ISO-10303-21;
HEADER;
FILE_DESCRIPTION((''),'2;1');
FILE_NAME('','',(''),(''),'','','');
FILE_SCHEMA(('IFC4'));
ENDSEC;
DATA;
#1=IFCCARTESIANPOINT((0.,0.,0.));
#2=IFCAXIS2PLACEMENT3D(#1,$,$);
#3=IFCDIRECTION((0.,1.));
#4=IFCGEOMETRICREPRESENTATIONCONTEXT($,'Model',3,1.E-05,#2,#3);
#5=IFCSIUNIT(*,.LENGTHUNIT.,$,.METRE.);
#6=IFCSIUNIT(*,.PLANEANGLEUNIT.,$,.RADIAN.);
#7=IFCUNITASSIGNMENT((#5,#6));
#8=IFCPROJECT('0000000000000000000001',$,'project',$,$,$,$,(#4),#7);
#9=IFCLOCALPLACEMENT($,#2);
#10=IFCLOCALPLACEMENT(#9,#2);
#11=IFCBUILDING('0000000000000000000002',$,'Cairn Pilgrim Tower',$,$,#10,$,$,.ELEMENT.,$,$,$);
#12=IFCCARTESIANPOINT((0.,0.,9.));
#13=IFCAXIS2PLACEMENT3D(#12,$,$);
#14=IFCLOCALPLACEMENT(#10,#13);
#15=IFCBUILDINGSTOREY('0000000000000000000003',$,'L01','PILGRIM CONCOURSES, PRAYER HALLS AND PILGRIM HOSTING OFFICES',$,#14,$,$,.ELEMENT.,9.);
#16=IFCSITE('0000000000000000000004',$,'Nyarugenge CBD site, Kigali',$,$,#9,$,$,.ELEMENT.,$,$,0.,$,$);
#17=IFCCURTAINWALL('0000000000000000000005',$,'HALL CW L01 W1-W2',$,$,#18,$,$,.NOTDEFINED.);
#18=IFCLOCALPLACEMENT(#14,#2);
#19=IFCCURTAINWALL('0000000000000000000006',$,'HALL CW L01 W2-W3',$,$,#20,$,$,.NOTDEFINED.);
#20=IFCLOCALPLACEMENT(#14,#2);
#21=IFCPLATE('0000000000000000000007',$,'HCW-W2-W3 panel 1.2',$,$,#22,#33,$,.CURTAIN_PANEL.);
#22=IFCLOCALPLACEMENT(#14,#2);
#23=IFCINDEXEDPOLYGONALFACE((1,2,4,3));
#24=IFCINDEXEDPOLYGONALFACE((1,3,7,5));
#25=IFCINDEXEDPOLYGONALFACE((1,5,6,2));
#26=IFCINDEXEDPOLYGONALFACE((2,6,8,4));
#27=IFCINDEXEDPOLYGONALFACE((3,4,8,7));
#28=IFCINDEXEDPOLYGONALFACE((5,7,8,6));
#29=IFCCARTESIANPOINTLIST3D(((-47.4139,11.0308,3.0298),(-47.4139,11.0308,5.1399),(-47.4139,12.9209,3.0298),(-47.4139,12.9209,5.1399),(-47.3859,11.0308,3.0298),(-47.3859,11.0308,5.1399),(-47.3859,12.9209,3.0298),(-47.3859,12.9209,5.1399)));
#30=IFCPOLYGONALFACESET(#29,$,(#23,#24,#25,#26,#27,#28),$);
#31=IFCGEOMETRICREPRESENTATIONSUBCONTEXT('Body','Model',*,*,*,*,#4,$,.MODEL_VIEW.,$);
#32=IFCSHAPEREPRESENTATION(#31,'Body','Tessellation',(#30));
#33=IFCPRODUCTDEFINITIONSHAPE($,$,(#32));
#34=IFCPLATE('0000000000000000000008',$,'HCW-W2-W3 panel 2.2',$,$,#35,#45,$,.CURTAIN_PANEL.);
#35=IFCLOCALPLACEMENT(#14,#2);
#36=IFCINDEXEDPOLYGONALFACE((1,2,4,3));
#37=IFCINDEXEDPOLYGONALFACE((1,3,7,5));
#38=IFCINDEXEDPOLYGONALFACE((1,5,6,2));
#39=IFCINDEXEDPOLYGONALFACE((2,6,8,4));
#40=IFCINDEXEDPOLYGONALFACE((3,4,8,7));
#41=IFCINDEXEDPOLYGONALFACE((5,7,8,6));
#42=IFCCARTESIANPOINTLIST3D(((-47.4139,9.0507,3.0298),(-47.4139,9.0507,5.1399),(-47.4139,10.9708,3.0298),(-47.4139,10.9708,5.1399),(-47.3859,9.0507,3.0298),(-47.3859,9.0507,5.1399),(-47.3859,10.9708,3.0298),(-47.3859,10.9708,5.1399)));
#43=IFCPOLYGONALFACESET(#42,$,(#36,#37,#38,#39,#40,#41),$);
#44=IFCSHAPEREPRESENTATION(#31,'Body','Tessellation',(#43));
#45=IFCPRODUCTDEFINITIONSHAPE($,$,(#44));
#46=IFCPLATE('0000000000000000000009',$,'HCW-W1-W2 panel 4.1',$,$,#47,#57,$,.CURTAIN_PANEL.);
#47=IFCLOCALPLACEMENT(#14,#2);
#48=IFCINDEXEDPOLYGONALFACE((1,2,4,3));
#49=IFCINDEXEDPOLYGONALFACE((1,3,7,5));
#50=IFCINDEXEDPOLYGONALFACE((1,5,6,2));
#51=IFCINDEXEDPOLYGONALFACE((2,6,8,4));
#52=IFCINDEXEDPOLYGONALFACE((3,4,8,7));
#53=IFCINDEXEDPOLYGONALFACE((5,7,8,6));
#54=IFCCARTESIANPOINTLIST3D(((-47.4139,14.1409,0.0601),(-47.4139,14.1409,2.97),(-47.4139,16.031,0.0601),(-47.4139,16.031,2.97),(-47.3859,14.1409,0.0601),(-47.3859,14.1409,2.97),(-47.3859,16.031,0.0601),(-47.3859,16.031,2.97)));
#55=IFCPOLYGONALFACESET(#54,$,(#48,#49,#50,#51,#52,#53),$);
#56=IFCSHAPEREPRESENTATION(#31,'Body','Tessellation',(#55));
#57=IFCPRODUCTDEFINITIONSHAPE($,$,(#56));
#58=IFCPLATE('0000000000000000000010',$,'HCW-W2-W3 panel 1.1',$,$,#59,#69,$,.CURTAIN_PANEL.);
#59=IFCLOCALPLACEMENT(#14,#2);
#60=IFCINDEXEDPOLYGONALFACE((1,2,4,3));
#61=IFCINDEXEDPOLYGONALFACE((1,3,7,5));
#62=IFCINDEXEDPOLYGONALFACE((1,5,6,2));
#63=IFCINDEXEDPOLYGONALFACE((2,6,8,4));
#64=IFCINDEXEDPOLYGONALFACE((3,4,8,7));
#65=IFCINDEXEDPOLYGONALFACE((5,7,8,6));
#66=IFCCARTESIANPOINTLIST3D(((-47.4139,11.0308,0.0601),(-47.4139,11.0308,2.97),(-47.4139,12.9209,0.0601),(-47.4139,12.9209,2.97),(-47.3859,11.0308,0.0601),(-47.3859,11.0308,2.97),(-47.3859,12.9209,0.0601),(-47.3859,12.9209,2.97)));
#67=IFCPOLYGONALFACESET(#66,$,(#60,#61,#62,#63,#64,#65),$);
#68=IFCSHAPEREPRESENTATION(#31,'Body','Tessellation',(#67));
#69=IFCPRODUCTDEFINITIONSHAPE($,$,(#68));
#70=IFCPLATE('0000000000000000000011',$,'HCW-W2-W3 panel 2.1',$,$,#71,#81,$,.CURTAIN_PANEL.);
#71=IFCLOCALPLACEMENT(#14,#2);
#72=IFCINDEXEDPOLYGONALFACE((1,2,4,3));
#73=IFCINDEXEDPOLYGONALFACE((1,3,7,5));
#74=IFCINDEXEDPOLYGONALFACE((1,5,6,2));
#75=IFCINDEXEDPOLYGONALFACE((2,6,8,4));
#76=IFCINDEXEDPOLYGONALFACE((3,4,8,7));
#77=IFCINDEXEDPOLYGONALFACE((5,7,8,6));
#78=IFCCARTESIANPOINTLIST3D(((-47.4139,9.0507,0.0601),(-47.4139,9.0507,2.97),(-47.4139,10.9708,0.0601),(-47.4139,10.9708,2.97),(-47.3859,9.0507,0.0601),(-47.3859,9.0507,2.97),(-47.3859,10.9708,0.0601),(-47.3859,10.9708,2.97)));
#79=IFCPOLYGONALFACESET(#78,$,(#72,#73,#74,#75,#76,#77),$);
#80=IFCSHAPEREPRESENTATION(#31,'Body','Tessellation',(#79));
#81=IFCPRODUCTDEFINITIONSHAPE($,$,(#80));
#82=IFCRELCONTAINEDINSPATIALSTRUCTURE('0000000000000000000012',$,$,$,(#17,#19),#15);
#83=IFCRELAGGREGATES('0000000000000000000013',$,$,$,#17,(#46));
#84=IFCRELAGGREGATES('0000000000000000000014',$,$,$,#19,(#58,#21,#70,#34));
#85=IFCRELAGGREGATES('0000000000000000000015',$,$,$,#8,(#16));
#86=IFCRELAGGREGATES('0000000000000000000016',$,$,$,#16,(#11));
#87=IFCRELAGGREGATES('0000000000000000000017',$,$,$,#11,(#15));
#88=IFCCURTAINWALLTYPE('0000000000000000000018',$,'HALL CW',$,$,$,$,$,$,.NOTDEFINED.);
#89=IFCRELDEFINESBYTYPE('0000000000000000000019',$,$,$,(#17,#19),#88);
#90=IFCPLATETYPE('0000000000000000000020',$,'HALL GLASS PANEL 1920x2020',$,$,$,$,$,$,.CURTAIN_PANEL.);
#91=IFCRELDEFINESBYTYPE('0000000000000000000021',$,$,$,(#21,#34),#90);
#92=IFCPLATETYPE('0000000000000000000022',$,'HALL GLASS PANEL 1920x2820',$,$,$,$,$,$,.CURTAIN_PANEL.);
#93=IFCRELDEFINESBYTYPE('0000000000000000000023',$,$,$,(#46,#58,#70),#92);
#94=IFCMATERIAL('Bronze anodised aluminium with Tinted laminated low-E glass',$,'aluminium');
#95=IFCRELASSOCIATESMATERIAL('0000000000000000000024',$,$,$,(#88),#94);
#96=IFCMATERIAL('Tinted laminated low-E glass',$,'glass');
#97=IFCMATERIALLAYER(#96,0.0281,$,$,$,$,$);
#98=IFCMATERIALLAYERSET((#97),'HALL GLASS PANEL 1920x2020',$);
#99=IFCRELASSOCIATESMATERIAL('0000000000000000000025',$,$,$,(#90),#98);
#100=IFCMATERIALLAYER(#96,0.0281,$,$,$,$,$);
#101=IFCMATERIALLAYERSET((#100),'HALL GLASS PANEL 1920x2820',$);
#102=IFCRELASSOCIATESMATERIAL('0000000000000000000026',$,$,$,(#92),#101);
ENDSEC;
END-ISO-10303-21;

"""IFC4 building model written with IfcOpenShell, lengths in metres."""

from ifc_helpers import new_model, si_unit, direction, frame, origin, origin_2d, place, context, subcontext, project, spatial, rectangle, extrude, material, layer, layer_set, type_object, element, aggregate, save


model = new_model("IFC4")

# Units and contexts
model_context = context("Model", 3, precision=1e-05, world=origin(), true_north=direction((0.0, 1.0)))
body_context = subcontext(model_context, "Body", "Model", "MODEL_VIEW")
ifc_project = project(units=[si_unit("LENGTHUNIT", "METRE"), si_unit("PLANEANGLEUNIT", "RADIAN")], contexts=[model_context])

# Site, building, storey
site_placement = place(None, origin())
site = spatial("IfcSite", under=ifc_project, at=site_placement, Name="Nyarugenge CBD site, Kigali", CompositionType="ELEMENT", RefElevation=0.0)
building_placement = place(site_placement, origin())
building = spatial("IfcBuilding", under=site, at=building_placement, Name="Cairn Pilgrim Tower", CompositionType="ELEMENT")
storey_placement = place(building_placement, frame((0.0, 0.0, 9.0)))
storey = spatial("IfcBuildingStorey", under=building, at=storey_placement, Name="L01", Description="PILGRIM CONCOURSES, PRAYER HALLS AND PILGRIM HOSTING OFFICES", CompositionType="ELEMENT", Elevation=9.0)

# Curtain wall
ifc_material_1 = material(Name="Bronze anodised aluminium with Tinted laminated low-E glass", Category="aluminium")
curtain_wall_type = type_object("IfcCurtainWallType", Name="HALL CW", PredefinedType="NOTDEFINED", material=ifc_material_1)
curtain_wall_1_placement = place(storey_placement, origin())
curtain_wall_1 = element("IfcCurtainWall", 1, at=curtain_wall_1_placement, inside=storey, type_object=curtain_wall_type, Name="HALL CW L01 W1-W2", PredefinedType="NOTDEFINED")

# Curtain wall
curtain_wall_2_placement = place(storey_placement, origin())
curtain_wall_2 = element("IfcCurtainWall", 2, at=curtain_wall_2_placement, inside=storey, type_object=curtain_wall_type, Name="HALL CW L01 W2-W3", PredefinedType="NOTDEFINED")

# Plates
ifc_material_2 = material(Name="Tinted laminated low-E glass", Category="glass")
ifc_layer_1 = layer(ifc_material_2, 0.0281)
ifc_layer_set_1 = layer_set([ifc_layer_1], Name="HALL GLASS PANEL 1920x2020")
plate_type_1 = type_object("IfcPlateType", Name="HALL GLASS PANEL 1920x2020", PredefinedType="CURTAIN_PANEL", material=ifc_layer_set_1)
plate_1_placement = place(storey_placement, frame((-47.3999, 11.9758, 3.0298), z_axis=(0.0, 0.0, 1.0), x_axis=(0.0, -1.0, 0.0)))
plate_1 = element("IfcPlate", 3, at=plate_1_placement, type_object=plate_type_1, Name="HCW-W2-W3 panel 1.2", PredefinedType="CURTAIN_PANEL", context=body_context, shape_type="SweptSolid", body=[
    extrude(rectangle(XDim=1.8901, YDim=0.0281, at=origin_2d()), origin(), (0.0, 0.0, 1.0), 2.1101),
])
plate_2_placement = place(storey_placement, frame((-47.3999, 10.0107, 3.0298), z_axis=(0.0, 0.0, 1.0), x_axis=(0.0, -1.0, 0.0)))
plate_2 = element("IfcPlate", 4, at=plate_2_placement, type_object=plate_type_1, Name="HCW-W2-W3 panel 2.2", PredefinedType="CURTAIN_PANEL", context=body_context, shape_type="SweptSolid", body=[
    extrude(rectangle(XDim=1.9202, YDim=0.0281, at=origin_2d()), origin(), (0.0, 0.0, 1.0), 2.1101),
])
ifc_layer_2 = layer(ifc_material_2, 0.0281)
ifc_layer_set_2 = layer_set([ifc_layer_2], Name="HALL GLASS PANEL 1920x2820")
plate_type_2 = type_object("IfcPlateType", Name="HALL GLASS PANEL 1920x2820", PredefinedType="CURTAIN_PANEL", material=ifc_layer_set_2)
plate_3_placement = place(storey_placement, frame((-47.3999, 15.0859, 0.0601), z_axis=(0.0, 0.0, 1.0), x_axis=(0.0, -1.0, 0.0)))
plate_3 = element("IfcPlate", 5, at=plate_3_placement, type_object=plate_type_2, Name="HCW-W1-W2 panel 4.1", PredefinedType="CURTAIN_PANEL", context=body_context, shape_type="SweptSolid", body=[
    extrude(rectangle(XDim=1.8901, YDim=0.0281, at=origin_2d()), origin(), (0.0, 0.0, 1.0), 2.9099),
])
aggregate(curtain_wall_1, [plate_3])
plate_4_placement = place(storey_placement, frame((-47.3999, 11.9758, 0.0601), z_axis=(0.0, 0.0, 1.0), x_axis=(0.0, -1.0, 0.0)))
plate_4 = element("IfcPlate", 6, at=plate_4_placement, type_object=plate_type_2, Name="HCW-W2-W3 panel 1.1", PredefinedType="CURTAIN_PANEL", context=body_context, shape_type="SweptSolid", body=[
    extrude(rectangle(XDim=1.8901, YDim=0.0281, at=origin_2d()), origin(), (0.0, 0.0, 1.0), 2.9099),
])
plate_5_placement = place(storey_placement, frame((-47.3999, 10.0107, 0.0601), z_axis=(0.0, 0.0, 1.0), x_axis=(0.0, -1.0, 0.0)))
plate_5 = element("IfcPlate", 7, at=plate_5_placement, type_object=plate_type_2, Name="HCW-W2-W3 panel 2.1", PredefinedType="CURTAIN_PANEL", context=body_context, shape_type="SweptSolid", body=[
    extrude(rectangle(XDim=1.9202, YDim=0.0281, at=origin_2d()), origin(), (0.0, 0.0, 1.0), 2.9099),
])
aggregate(curtain_wall_2, [plate_4, plate_1, plate_5, plate_2])

save(model, "model.ifc")
